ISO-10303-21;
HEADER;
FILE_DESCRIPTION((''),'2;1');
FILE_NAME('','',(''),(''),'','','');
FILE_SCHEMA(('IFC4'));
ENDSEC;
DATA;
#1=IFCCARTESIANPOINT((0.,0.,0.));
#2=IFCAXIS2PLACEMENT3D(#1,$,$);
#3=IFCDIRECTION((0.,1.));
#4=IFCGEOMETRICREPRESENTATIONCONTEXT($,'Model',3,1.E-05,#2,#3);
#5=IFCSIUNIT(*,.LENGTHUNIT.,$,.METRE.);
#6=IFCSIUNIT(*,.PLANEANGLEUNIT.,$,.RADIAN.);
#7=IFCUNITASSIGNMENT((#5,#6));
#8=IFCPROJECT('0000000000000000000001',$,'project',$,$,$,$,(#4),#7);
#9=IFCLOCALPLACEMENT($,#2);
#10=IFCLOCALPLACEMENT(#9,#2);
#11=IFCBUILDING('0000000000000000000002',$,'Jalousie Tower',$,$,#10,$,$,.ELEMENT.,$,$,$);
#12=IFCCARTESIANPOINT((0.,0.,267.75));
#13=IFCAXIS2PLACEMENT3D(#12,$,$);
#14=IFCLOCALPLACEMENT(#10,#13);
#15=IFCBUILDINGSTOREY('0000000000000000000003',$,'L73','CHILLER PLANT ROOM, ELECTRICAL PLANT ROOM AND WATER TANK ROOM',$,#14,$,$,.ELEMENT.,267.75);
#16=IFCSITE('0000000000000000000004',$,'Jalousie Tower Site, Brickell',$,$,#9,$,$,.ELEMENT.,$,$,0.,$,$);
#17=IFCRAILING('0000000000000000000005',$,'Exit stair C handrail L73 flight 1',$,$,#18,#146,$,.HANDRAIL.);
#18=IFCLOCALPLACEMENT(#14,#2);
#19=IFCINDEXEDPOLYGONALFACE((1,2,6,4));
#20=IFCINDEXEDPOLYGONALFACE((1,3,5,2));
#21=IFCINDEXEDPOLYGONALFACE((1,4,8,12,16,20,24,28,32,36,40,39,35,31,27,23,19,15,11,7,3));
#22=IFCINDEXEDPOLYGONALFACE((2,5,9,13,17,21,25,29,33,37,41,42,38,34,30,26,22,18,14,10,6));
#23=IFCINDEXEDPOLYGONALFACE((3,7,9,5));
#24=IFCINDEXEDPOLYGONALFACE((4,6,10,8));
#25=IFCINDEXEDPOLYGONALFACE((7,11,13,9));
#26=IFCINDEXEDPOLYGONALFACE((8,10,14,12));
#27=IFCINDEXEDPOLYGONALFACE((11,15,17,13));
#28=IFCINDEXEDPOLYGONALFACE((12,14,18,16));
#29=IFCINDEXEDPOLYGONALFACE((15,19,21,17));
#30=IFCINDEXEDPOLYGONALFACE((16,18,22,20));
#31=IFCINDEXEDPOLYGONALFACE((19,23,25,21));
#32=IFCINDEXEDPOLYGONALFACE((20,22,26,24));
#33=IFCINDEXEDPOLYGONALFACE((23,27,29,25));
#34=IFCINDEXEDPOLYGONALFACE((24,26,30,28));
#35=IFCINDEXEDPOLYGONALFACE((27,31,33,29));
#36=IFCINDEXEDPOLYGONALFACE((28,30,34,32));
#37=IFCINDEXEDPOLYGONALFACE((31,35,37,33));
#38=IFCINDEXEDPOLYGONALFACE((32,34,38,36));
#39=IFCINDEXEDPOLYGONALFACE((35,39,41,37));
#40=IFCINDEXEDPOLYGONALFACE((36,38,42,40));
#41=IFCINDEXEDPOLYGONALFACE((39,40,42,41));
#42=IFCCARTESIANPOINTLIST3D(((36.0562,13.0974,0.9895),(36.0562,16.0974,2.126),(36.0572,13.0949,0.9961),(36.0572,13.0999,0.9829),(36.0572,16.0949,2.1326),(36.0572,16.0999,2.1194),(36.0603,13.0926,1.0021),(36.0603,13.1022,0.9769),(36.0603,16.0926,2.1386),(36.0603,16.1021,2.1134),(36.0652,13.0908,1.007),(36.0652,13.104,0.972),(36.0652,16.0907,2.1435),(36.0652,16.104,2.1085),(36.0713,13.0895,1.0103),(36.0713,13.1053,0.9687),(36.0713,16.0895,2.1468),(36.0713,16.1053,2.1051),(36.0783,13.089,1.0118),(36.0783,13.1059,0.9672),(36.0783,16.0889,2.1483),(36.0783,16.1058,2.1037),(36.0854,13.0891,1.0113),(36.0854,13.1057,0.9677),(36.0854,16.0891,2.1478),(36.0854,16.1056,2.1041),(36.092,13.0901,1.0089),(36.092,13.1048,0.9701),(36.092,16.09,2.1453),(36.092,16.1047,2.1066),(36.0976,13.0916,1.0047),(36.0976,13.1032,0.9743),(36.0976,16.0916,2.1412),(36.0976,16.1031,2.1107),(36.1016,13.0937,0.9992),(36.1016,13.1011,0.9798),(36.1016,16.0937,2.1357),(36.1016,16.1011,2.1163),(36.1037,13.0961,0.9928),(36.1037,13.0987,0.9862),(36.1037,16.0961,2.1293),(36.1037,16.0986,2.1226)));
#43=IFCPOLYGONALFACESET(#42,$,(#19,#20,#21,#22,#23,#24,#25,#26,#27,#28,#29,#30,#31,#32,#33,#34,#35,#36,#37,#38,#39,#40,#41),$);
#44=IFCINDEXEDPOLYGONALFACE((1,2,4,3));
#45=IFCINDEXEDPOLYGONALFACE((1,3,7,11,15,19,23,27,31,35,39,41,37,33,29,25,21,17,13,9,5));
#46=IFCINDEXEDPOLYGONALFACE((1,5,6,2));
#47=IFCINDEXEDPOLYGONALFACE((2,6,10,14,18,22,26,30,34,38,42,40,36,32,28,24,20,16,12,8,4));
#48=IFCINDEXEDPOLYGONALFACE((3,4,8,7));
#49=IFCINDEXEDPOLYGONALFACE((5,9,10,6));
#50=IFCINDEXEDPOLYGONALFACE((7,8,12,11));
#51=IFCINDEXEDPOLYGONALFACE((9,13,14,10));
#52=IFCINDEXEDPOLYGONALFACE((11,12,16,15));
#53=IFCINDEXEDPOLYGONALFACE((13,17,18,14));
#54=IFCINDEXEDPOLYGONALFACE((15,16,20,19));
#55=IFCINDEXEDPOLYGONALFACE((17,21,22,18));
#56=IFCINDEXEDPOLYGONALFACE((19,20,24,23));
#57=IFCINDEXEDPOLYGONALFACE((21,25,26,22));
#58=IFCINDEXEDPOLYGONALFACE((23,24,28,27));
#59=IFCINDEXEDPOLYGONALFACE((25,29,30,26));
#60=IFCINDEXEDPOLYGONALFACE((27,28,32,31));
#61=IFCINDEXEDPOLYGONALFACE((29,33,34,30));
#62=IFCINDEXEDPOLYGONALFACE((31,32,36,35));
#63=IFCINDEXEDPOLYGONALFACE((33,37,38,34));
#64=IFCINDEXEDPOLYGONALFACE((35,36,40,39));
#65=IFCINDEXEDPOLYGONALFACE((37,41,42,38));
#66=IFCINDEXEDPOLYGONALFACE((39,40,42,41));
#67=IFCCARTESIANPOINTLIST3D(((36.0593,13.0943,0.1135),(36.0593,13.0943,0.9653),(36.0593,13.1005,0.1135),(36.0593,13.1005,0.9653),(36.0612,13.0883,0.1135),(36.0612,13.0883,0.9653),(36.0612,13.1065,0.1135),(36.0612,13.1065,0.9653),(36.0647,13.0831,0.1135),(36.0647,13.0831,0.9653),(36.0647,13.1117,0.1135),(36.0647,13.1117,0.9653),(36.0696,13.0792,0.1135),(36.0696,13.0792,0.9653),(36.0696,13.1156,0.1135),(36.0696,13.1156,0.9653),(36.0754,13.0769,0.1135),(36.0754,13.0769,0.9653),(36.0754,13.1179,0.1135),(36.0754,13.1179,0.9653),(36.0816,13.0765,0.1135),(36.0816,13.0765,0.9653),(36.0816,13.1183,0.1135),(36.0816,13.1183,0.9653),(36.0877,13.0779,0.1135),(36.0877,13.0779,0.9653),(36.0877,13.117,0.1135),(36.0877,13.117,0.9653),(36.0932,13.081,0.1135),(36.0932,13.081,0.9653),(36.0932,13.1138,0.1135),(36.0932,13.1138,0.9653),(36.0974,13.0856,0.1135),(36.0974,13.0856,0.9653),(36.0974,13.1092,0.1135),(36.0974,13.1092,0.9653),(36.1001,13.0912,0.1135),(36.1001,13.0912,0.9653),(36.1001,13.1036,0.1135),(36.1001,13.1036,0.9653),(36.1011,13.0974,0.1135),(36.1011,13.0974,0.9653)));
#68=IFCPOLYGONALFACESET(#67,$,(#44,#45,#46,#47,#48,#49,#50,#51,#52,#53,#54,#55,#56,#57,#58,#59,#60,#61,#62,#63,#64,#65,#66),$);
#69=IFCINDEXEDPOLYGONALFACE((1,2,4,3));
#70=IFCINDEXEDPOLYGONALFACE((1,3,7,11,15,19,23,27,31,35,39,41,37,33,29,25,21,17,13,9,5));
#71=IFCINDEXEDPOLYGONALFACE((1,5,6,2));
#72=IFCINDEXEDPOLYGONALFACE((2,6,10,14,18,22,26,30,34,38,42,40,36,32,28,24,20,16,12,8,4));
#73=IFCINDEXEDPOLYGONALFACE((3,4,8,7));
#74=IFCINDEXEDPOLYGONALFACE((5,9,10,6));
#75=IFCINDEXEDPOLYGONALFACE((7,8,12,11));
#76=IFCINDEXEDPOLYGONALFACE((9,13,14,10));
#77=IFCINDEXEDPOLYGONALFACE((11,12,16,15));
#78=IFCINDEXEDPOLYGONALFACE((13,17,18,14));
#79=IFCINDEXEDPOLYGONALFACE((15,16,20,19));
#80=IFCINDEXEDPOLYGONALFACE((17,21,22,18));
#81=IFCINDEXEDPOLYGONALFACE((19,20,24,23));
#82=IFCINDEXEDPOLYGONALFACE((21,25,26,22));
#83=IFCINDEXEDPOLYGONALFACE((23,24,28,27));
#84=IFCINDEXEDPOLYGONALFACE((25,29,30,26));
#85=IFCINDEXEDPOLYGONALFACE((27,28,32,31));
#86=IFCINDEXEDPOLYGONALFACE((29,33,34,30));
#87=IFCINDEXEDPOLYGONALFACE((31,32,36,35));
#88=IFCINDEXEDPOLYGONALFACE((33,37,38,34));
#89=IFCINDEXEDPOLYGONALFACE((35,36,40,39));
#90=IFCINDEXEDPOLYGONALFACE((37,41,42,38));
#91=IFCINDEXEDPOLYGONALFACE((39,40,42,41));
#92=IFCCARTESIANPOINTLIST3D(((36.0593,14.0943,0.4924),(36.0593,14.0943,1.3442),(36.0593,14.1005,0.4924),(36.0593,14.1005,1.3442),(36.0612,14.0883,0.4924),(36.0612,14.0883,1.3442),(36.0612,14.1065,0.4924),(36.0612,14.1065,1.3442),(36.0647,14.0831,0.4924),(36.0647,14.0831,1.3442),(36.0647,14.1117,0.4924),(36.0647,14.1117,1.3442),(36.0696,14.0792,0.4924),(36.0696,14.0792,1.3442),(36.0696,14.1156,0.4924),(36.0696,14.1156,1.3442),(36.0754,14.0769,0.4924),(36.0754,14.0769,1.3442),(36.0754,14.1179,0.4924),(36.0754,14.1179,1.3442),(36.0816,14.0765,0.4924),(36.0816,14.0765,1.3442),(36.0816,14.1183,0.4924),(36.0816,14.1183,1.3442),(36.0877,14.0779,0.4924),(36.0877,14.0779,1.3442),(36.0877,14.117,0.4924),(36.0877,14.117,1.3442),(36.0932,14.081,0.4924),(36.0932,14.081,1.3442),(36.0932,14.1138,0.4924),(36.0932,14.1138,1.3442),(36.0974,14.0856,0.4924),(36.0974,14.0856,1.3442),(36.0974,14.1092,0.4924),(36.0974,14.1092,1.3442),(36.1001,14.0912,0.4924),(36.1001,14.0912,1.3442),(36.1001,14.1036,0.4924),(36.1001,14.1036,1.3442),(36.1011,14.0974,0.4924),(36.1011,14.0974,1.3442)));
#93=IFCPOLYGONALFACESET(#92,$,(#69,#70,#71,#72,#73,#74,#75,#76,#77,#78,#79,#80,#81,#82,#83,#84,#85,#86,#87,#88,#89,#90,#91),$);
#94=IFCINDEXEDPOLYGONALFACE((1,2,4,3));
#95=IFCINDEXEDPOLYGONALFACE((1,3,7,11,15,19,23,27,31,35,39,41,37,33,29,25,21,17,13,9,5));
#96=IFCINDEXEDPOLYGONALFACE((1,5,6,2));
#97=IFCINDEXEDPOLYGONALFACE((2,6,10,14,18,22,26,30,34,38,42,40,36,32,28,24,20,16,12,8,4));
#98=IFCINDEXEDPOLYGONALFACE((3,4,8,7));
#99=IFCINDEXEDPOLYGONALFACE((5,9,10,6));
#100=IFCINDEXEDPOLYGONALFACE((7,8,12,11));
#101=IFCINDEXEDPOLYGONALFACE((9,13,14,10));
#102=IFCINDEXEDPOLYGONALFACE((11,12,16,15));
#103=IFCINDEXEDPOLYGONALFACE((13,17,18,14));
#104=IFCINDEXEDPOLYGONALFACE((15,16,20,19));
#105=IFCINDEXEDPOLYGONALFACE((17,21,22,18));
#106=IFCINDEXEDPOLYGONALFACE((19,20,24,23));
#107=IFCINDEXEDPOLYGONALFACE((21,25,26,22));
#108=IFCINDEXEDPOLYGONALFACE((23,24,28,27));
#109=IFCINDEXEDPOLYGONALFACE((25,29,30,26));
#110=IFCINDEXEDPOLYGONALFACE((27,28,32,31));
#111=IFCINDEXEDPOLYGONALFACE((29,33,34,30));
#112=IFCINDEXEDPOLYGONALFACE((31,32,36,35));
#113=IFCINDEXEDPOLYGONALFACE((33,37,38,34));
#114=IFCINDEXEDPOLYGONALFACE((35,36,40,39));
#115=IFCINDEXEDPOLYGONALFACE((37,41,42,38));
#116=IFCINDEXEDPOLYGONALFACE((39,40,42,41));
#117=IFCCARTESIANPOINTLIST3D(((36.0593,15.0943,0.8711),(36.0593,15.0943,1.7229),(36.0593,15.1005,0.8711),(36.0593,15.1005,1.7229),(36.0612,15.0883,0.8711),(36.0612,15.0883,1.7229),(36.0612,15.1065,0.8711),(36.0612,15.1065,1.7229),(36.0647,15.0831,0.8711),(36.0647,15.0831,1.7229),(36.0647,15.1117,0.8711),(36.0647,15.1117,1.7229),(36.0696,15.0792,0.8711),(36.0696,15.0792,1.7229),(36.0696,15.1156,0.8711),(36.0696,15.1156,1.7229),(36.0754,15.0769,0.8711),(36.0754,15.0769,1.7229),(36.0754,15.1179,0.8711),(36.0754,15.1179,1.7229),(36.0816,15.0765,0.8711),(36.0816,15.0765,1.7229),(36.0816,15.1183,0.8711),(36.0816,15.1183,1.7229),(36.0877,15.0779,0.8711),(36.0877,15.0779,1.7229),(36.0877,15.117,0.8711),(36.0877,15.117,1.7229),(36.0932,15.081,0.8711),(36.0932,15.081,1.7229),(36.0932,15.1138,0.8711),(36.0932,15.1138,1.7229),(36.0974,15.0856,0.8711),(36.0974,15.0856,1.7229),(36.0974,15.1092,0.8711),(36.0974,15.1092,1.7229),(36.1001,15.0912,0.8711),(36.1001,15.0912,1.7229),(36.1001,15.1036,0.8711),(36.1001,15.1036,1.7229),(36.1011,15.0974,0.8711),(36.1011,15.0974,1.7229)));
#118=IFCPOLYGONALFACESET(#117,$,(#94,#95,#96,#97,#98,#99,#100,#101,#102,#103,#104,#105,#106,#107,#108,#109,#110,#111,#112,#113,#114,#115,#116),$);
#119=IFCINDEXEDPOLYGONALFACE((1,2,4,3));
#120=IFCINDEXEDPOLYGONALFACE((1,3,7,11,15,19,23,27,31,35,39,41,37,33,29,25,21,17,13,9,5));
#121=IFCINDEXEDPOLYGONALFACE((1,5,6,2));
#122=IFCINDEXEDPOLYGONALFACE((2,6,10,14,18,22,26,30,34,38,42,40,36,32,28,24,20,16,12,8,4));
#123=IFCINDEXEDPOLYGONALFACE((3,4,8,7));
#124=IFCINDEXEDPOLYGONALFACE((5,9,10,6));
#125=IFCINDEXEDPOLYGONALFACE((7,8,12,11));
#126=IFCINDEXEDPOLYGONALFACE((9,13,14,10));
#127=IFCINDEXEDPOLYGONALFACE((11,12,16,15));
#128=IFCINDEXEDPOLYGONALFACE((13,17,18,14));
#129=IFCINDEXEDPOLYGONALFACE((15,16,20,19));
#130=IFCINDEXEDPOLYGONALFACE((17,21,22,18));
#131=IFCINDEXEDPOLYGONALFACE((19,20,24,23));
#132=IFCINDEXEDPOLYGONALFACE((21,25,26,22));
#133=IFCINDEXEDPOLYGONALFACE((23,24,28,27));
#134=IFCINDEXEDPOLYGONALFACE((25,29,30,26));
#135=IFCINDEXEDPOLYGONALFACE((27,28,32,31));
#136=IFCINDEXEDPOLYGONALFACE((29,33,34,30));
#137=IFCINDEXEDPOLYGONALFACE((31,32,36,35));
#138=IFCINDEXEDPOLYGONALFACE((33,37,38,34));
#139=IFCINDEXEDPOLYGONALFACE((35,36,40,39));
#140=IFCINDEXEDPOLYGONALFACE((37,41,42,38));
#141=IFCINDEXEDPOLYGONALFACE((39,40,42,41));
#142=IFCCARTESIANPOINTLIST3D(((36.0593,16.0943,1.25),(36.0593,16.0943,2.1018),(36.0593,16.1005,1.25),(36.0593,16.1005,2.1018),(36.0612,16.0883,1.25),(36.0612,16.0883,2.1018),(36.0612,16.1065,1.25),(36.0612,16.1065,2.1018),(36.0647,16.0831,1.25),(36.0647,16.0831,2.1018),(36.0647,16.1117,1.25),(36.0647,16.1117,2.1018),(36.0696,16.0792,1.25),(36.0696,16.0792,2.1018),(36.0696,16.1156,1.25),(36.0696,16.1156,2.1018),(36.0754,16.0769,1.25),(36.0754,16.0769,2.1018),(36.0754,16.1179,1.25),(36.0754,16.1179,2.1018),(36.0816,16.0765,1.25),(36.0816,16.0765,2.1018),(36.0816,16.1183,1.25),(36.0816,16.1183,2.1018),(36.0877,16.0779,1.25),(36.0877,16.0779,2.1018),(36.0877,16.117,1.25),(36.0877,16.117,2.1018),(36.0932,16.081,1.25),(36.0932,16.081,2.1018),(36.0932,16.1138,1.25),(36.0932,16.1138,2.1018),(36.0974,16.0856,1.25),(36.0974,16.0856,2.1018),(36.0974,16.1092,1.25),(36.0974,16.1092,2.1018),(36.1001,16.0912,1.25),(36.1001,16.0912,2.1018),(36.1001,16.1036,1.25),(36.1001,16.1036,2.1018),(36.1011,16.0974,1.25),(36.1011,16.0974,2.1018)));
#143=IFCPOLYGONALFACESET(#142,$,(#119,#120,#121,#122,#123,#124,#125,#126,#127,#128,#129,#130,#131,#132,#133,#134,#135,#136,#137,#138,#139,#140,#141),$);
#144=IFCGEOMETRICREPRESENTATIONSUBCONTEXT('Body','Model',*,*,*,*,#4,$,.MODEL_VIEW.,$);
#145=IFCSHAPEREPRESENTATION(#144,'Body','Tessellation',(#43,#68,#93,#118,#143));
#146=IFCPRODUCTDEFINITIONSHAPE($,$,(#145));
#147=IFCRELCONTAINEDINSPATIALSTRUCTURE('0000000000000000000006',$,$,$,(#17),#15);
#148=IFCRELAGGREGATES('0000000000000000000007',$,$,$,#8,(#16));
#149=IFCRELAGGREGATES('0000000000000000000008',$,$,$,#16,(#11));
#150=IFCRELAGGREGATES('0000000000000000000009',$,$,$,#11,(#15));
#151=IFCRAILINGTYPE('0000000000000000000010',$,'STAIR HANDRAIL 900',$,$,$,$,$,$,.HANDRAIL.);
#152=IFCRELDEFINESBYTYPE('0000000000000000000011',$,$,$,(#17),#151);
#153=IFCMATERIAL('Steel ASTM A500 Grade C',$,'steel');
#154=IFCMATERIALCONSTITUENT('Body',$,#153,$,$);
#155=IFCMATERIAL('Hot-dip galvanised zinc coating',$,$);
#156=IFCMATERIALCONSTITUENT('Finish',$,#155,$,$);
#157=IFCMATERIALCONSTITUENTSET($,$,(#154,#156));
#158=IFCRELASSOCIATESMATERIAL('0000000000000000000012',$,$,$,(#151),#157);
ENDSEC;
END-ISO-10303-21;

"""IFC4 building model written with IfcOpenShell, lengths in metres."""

from ifc_helpers import new_model, si_unit, direction, frame, origin, origin_2d, place, context, subcontext, project, spatial, circle, extrude, material, constituent, constituent_set, type_object, element, save


model = new_model("IFC4")

# Units and contexts
model_context = context("Model", 3, precision=1e-05, world=origin(), true_north=direction((0.0, 1.0)))
body_context = subcontext(model_context, "Body", "Model", "MODEL_VIEW")
ifc_project = project(units=[si_unit("LENGTHUNIT", "METRE"), si_unit("PLANEANGLEUNIT", "RADIAN")], contexts=[model_context])

# Site, building, storey
site_placement = place(None, origin())
site = spatial("IfcSite", under=ifc_project, at=site_placement, Name="Jalousie Tower Site, Brickell", CompositionType="ELEMENT", RefElevation=0.0)
building_placement = place(site_placement, origin())
building = spatial("IfcBuilding", under=site, at=building_placement, Name="Jalousie Tower", CompositionType="ELEMENT")
storey_placement = place(building_placement, frame((0.0, 0.0, 267.75)))
storey = spatial("IfcBuildingStorey", under=building, at=storey_placement, Name="L73", Description="CHILLER PLANT ROOM, ELECTRICAL PLANT ROOM AND WATER TANK ROOM", CompositionType="ELEMENT", Elevation=267.75)

# Railing
ifc_material_1 = material(Name="Steel ASTM A500 Grade C", Category="steel")
ifc_constituent_1 = constituent(ifc_material_1, Name="Body")
ifc_material_2 = material(Name="Hot-dip galvanised zinc coating")
ifc_constituent_2 = constituent(ifc_material_2, Name="Finish")
ifc_constituent_set_1 = constituent_set(constituents=[ifc_constituent_1, ifc_constituent_2])
railing_type_1 = type_object("IfcRailingType", Name="STAIR HANDRAIL 900", PredefinedType="HANDRAIL", material=ifc_constituent_set_1)
railing_1_placement = place(storey_placement, frame((36.0801, 13.0974, 0.1135)))
element("IfcRailing", 1, at=railing_1_placement, inside=storey, type_object=railing_type_1, Name="Exit stair C handrail L73 flight 1", PredefinedType="HANDRAIL", context=body_context, shape_type="SweptSolid", body=[
    extrude(circle(Radius=0.0239, at=origin_2d()), frame((0.0, 0.0, 0.876), z_axis=(0.0, 0.935148, 0.354257), x_axis=(-1.0, 0.0, 0.0)), (0.0, 0.0, 1.0), 3.208),
    extrude(circle(Radius=0.021, at=origin_2d()), origin(), (0.0, 0.0, 1.0), 0.8518),
    extrude(circle(Radius=0.021, at=origin_2d()), frame((0.0, 1.0, 0.3789)), (0.0, 0.0, 1.0), 0.8518),
    extrude(circle(Radius=0.021, at=origin_2d()), frame((0.0, 2.0, 0.7576)), (0.0, 0.0, 1.0), 0.8518),
    extrude(circle(Radius=0.021, at=origin_2d()), frame((0.0, 3.0, 1.1365)), (0.0, 0.0, 1.0), 0.8518),
])

save(model, "model.ifc")
